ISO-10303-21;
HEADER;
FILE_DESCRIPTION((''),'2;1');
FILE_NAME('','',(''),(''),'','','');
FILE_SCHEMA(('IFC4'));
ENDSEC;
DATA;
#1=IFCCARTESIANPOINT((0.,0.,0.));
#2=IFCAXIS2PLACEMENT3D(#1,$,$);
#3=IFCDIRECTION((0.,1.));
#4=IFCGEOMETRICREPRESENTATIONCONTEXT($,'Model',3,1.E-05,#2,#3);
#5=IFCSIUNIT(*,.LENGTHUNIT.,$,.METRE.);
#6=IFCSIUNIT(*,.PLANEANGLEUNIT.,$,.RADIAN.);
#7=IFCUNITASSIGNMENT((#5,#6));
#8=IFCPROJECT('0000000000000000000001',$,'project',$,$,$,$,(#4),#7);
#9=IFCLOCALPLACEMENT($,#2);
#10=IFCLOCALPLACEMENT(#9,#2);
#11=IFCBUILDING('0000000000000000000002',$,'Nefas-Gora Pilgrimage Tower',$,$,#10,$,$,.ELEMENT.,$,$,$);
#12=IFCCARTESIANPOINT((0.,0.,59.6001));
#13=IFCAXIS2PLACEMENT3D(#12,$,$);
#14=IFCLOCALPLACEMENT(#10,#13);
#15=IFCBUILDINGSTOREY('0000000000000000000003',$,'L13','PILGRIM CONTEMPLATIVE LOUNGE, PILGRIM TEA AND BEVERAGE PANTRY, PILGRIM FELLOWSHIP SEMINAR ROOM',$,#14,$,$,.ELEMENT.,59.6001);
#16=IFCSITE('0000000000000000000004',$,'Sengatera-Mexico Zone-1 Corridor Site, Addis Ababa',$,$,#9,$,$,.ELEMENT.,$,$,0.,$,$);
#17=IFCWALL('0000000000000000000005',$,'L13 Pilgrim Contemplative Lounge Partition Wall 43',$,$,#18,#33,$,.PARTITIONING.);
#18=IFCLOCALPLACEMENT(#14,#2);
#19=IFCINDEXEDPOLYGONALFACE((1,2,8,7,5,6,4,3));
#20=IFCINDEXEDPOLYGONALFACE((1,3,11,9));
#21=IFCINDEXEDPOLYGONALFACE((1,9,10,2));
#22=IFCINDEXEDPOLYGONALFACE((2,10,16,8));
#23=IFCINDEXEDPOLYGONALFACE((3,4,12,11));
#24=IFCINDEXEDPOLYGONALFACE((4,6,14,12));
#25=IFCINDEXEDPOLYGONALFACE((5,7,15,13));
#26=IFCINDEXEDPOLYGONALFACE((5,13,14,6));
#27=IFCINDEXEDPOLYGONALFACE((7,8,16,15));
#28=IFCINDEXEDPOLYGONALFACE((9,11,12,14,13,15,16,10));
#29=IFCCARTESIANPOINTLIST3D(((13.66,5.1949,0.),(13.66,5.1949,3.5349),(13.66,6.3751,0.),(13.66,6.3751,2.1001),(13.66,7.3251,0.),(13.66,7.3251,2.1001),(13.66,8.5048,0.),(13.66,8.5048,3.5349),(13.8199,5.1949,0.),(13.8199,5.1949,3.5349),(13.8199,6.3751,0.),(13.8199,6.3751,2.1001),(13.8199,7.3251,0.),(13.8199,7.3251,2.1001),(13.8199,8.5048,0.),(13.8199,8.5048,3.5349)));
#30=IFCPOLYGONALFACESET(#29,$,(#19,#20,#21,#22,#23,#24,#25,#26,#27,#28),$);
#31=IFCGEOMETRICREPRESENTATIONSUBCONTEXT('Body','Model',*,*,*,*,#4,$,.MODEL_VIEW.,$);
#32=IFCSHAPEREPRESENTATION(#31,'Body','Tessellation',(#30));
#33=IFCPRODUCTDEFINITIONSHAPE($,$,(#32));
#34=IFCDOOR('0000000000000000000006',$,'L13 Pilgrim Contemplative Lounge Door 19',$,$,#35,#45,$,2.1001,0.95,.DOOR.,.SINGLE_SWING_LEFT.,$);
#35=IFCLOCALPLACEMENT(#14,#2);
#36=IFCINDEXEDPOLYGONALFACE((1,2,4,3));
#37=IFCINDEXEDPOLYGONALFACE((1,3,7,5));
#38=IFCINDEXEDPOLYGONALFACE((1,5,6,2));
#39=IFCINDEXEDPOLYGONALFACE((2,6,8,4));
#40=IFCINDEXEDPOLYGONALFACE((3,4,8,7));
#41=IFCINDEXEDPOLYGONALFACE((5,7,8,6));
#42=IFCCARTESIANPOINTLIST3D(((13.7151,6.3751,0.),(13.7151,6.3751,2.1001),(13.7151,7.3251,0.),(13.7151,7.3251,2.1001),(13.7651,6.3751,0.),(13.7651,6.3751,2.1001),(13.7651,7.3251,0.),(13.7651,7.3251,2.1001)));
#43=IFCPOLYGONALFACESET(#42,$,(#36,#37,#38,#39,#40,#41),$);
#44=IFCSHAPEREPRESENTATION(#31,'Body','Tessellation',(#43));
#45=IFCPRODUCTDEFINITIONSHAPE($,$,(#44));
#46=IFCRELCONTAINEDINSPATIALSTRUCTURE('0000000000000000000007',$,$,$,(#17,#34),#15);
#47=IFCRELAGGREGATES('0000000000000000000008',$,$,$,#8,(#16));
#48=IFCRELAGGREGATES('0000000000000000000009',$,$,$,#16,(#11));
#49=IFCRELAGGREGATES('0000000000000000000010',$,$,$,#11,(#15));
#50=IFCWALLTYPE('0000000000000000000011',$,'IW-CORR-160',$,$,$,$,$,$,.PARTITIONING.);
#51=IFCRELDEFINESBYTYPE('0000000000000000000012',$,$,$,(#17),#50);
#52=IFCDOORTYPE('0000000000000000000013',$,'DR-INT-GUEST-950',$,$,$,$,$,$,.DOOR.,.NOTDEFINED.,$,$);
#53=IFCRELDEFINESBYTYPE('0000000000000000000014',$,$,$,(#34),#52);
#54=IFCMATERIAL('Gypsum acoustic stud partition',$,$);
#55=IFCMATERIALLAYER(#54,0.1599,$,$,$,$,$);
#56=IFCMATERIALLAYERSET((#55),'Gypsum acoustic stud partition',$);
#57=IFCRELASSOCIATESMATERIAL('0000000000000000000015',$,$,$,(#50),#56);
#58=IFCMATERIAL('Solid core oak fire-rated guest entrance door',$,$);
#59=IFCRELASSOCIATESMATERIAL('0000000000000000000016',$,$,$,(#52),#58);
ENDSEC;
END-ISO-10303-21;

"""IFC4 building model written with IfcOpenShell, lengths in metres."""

from ifc_helpers import new_model, si_unit, direction, frame, frame_2d, origin, place, context, subcontext, project, spatial, rectangle, extrude, source, transform, mapped, material, layer, layer_set, type_object, element, fill, save


model = new_model("IFC4")

# Units and contexts
model_context = context("Model", 3, precision=1e-05, world=origin(), true_north=direction((0.0, 1.0)))
body_context = subcontext(model_context, "Body", "Model", "MODEL_VIEW")
ifc_project = project(units=[si_unit("LENGTHUNIT", "METRE"), si_unit("PLANEANGLEUNIT", "RADIAN")], contexts=[model_context])

# Site, building, storey
site_placement = place(None, origin())
site = spatial("IfcSite", under=ifc_project, at=site_placement, Name="Sengatera-Mexico Zone-1 Corridor Site, Addis Ababa", CompositionType="ELEMENT", RefElevation=0.0)
building_placement = place(site_placement, origin())
building = spatial("IfcBuilding", under=site, at=building_placement, Name="Nefas-Gora Pilgrimage Tower", CompositionType="ELEMENT")
storey_placement = place(building_placement, frame((0.0, 0.0, 59.6001)))
storey = spatial("IfcBuildingStorey", under=building, at=storey_placement, Name="L13", Description="PILGRIM CONTEMPLATIVE LOUNGE, PILGRIM TEA AND BEVERAGE PANTRY, PILGRIM FELLOWSHIP SEMINAR ROOM", CompositionType="ELEMENT", Elevation=59.6001)

# Shared definitions
ifc_material_1 = material(Name="Gypsum acoustic stud partition")
ifc_layer_1 = layer(ifc_material_1, 0.1599)
ifc_layer_set_1 = layer_set([ifc_layer_1], Name="Gypsum acoustic stud partition")
wall_type_1 = type_object("IfcWallType", Name="IW-CORR-160", PredefinedType="PARTITIONING", material=ifc_layer_set_1)
ifc_material_2 = material(Name="Solid core oak fire-rated guest entrance door")
door_type = type_object("IfcDoorType", Name="DR-INT-GUEST-950", OperationType="NOTDEFINED", PredefinedType="DOOR", material=ifc_material_2)
shared_shape_1 = source(origin(), body_context, "Body", "SweptSolid", [
    extrude(rectangle(XDim=0.95, YDim=2.1001, at=frame_2d((0.4751, 1.05))), frame((0.0, 0.0249, 0.0), z_axis=(0.0, -1.0, 0.0), x_axis=(1.0, 0.0, 0.0)), (0.0, 0.0, 1.0), 0.05),
])

# Wall, opening, door
shared_shape_2 = source(origin(), body_context, "Body", "SweptSolid", [
    extrude(rectangle(XDim=3.3098, YDim=0.1599, at=frame_2d((1.6548, 0.0))), origin(), (0.0, 0.0, 1.0), 3.5349),
])
wall_1_placement = place(storey_placement, frame((13.74, 5.1951, 0.0), z_axis=(0.0, 0.0, 1.0), x_axis=(0.0, 1.0, 0.0)))
wall_1 = element("IfcWall", 1, at=wall_1_placement, inside=storey, type_object=wall_type_1, Name="L13 Pilgrim Contemplative Lounge Partition Wall 43", PredefinedType="PARTITIONING", context=body_context, shape_type="MappedRepresentation", body=[
    mapped(shared_shape_2, transform((0.0, 0.0, 0.0), x_axis=(1.0, 0.0, 0.0), y_axis=(0.0, 1.0, 0.0), z_axis=(0.0, 0.0, 1.0), scale=1.0)),
])
opening_1_placement = place(wall_1_placement, frame((1.1799, 0.0, 0.0)))
opening_1 = element("IfcOpeningElement", 2, at=opening_1_placement, cuts=wall_1, PredefinedType="OPENING", context=body_context, shape_type="SweptSolid", body=[
    extrude(rectangle(XDim=0.95, YDim=2.1001, at=frame_2d((0.4751, 1.05))), frame((0.0, 0.0898, 0.0), z_axis=(0.0, -1.0, 0.0), x_axis=(1.0, 0.0, 0.0)), (0.0, 0.0, 1.0), 0.1799),
])
door_1_placement = place(opening_1_placement, origin())
door_1 = element("IfcDoor", 3, at=door_1_placement, inside=storey, type_object=door_type, Name="L13 Pilgrim Contemplative Lounge Door 19", OperationType="SINGLE_SWING_LEFT", OverallHeight=2.1001, OverallWidth=0.95, PredefinedType="DOOR", context=body_context, shape_type="MappedRepresentation", body=[
    mapped(shared_shape_1, transform((0.0, 0.0, 0.0), x_axis=(1.0, 0.0, 0.0), y_axis=(0.0, 1.0, 0.0), z_axis=(0.0, 0.0, 1.0), scale=1.0)),
])
fill(opening_1, door_1)

save(model, "model.ifc")
